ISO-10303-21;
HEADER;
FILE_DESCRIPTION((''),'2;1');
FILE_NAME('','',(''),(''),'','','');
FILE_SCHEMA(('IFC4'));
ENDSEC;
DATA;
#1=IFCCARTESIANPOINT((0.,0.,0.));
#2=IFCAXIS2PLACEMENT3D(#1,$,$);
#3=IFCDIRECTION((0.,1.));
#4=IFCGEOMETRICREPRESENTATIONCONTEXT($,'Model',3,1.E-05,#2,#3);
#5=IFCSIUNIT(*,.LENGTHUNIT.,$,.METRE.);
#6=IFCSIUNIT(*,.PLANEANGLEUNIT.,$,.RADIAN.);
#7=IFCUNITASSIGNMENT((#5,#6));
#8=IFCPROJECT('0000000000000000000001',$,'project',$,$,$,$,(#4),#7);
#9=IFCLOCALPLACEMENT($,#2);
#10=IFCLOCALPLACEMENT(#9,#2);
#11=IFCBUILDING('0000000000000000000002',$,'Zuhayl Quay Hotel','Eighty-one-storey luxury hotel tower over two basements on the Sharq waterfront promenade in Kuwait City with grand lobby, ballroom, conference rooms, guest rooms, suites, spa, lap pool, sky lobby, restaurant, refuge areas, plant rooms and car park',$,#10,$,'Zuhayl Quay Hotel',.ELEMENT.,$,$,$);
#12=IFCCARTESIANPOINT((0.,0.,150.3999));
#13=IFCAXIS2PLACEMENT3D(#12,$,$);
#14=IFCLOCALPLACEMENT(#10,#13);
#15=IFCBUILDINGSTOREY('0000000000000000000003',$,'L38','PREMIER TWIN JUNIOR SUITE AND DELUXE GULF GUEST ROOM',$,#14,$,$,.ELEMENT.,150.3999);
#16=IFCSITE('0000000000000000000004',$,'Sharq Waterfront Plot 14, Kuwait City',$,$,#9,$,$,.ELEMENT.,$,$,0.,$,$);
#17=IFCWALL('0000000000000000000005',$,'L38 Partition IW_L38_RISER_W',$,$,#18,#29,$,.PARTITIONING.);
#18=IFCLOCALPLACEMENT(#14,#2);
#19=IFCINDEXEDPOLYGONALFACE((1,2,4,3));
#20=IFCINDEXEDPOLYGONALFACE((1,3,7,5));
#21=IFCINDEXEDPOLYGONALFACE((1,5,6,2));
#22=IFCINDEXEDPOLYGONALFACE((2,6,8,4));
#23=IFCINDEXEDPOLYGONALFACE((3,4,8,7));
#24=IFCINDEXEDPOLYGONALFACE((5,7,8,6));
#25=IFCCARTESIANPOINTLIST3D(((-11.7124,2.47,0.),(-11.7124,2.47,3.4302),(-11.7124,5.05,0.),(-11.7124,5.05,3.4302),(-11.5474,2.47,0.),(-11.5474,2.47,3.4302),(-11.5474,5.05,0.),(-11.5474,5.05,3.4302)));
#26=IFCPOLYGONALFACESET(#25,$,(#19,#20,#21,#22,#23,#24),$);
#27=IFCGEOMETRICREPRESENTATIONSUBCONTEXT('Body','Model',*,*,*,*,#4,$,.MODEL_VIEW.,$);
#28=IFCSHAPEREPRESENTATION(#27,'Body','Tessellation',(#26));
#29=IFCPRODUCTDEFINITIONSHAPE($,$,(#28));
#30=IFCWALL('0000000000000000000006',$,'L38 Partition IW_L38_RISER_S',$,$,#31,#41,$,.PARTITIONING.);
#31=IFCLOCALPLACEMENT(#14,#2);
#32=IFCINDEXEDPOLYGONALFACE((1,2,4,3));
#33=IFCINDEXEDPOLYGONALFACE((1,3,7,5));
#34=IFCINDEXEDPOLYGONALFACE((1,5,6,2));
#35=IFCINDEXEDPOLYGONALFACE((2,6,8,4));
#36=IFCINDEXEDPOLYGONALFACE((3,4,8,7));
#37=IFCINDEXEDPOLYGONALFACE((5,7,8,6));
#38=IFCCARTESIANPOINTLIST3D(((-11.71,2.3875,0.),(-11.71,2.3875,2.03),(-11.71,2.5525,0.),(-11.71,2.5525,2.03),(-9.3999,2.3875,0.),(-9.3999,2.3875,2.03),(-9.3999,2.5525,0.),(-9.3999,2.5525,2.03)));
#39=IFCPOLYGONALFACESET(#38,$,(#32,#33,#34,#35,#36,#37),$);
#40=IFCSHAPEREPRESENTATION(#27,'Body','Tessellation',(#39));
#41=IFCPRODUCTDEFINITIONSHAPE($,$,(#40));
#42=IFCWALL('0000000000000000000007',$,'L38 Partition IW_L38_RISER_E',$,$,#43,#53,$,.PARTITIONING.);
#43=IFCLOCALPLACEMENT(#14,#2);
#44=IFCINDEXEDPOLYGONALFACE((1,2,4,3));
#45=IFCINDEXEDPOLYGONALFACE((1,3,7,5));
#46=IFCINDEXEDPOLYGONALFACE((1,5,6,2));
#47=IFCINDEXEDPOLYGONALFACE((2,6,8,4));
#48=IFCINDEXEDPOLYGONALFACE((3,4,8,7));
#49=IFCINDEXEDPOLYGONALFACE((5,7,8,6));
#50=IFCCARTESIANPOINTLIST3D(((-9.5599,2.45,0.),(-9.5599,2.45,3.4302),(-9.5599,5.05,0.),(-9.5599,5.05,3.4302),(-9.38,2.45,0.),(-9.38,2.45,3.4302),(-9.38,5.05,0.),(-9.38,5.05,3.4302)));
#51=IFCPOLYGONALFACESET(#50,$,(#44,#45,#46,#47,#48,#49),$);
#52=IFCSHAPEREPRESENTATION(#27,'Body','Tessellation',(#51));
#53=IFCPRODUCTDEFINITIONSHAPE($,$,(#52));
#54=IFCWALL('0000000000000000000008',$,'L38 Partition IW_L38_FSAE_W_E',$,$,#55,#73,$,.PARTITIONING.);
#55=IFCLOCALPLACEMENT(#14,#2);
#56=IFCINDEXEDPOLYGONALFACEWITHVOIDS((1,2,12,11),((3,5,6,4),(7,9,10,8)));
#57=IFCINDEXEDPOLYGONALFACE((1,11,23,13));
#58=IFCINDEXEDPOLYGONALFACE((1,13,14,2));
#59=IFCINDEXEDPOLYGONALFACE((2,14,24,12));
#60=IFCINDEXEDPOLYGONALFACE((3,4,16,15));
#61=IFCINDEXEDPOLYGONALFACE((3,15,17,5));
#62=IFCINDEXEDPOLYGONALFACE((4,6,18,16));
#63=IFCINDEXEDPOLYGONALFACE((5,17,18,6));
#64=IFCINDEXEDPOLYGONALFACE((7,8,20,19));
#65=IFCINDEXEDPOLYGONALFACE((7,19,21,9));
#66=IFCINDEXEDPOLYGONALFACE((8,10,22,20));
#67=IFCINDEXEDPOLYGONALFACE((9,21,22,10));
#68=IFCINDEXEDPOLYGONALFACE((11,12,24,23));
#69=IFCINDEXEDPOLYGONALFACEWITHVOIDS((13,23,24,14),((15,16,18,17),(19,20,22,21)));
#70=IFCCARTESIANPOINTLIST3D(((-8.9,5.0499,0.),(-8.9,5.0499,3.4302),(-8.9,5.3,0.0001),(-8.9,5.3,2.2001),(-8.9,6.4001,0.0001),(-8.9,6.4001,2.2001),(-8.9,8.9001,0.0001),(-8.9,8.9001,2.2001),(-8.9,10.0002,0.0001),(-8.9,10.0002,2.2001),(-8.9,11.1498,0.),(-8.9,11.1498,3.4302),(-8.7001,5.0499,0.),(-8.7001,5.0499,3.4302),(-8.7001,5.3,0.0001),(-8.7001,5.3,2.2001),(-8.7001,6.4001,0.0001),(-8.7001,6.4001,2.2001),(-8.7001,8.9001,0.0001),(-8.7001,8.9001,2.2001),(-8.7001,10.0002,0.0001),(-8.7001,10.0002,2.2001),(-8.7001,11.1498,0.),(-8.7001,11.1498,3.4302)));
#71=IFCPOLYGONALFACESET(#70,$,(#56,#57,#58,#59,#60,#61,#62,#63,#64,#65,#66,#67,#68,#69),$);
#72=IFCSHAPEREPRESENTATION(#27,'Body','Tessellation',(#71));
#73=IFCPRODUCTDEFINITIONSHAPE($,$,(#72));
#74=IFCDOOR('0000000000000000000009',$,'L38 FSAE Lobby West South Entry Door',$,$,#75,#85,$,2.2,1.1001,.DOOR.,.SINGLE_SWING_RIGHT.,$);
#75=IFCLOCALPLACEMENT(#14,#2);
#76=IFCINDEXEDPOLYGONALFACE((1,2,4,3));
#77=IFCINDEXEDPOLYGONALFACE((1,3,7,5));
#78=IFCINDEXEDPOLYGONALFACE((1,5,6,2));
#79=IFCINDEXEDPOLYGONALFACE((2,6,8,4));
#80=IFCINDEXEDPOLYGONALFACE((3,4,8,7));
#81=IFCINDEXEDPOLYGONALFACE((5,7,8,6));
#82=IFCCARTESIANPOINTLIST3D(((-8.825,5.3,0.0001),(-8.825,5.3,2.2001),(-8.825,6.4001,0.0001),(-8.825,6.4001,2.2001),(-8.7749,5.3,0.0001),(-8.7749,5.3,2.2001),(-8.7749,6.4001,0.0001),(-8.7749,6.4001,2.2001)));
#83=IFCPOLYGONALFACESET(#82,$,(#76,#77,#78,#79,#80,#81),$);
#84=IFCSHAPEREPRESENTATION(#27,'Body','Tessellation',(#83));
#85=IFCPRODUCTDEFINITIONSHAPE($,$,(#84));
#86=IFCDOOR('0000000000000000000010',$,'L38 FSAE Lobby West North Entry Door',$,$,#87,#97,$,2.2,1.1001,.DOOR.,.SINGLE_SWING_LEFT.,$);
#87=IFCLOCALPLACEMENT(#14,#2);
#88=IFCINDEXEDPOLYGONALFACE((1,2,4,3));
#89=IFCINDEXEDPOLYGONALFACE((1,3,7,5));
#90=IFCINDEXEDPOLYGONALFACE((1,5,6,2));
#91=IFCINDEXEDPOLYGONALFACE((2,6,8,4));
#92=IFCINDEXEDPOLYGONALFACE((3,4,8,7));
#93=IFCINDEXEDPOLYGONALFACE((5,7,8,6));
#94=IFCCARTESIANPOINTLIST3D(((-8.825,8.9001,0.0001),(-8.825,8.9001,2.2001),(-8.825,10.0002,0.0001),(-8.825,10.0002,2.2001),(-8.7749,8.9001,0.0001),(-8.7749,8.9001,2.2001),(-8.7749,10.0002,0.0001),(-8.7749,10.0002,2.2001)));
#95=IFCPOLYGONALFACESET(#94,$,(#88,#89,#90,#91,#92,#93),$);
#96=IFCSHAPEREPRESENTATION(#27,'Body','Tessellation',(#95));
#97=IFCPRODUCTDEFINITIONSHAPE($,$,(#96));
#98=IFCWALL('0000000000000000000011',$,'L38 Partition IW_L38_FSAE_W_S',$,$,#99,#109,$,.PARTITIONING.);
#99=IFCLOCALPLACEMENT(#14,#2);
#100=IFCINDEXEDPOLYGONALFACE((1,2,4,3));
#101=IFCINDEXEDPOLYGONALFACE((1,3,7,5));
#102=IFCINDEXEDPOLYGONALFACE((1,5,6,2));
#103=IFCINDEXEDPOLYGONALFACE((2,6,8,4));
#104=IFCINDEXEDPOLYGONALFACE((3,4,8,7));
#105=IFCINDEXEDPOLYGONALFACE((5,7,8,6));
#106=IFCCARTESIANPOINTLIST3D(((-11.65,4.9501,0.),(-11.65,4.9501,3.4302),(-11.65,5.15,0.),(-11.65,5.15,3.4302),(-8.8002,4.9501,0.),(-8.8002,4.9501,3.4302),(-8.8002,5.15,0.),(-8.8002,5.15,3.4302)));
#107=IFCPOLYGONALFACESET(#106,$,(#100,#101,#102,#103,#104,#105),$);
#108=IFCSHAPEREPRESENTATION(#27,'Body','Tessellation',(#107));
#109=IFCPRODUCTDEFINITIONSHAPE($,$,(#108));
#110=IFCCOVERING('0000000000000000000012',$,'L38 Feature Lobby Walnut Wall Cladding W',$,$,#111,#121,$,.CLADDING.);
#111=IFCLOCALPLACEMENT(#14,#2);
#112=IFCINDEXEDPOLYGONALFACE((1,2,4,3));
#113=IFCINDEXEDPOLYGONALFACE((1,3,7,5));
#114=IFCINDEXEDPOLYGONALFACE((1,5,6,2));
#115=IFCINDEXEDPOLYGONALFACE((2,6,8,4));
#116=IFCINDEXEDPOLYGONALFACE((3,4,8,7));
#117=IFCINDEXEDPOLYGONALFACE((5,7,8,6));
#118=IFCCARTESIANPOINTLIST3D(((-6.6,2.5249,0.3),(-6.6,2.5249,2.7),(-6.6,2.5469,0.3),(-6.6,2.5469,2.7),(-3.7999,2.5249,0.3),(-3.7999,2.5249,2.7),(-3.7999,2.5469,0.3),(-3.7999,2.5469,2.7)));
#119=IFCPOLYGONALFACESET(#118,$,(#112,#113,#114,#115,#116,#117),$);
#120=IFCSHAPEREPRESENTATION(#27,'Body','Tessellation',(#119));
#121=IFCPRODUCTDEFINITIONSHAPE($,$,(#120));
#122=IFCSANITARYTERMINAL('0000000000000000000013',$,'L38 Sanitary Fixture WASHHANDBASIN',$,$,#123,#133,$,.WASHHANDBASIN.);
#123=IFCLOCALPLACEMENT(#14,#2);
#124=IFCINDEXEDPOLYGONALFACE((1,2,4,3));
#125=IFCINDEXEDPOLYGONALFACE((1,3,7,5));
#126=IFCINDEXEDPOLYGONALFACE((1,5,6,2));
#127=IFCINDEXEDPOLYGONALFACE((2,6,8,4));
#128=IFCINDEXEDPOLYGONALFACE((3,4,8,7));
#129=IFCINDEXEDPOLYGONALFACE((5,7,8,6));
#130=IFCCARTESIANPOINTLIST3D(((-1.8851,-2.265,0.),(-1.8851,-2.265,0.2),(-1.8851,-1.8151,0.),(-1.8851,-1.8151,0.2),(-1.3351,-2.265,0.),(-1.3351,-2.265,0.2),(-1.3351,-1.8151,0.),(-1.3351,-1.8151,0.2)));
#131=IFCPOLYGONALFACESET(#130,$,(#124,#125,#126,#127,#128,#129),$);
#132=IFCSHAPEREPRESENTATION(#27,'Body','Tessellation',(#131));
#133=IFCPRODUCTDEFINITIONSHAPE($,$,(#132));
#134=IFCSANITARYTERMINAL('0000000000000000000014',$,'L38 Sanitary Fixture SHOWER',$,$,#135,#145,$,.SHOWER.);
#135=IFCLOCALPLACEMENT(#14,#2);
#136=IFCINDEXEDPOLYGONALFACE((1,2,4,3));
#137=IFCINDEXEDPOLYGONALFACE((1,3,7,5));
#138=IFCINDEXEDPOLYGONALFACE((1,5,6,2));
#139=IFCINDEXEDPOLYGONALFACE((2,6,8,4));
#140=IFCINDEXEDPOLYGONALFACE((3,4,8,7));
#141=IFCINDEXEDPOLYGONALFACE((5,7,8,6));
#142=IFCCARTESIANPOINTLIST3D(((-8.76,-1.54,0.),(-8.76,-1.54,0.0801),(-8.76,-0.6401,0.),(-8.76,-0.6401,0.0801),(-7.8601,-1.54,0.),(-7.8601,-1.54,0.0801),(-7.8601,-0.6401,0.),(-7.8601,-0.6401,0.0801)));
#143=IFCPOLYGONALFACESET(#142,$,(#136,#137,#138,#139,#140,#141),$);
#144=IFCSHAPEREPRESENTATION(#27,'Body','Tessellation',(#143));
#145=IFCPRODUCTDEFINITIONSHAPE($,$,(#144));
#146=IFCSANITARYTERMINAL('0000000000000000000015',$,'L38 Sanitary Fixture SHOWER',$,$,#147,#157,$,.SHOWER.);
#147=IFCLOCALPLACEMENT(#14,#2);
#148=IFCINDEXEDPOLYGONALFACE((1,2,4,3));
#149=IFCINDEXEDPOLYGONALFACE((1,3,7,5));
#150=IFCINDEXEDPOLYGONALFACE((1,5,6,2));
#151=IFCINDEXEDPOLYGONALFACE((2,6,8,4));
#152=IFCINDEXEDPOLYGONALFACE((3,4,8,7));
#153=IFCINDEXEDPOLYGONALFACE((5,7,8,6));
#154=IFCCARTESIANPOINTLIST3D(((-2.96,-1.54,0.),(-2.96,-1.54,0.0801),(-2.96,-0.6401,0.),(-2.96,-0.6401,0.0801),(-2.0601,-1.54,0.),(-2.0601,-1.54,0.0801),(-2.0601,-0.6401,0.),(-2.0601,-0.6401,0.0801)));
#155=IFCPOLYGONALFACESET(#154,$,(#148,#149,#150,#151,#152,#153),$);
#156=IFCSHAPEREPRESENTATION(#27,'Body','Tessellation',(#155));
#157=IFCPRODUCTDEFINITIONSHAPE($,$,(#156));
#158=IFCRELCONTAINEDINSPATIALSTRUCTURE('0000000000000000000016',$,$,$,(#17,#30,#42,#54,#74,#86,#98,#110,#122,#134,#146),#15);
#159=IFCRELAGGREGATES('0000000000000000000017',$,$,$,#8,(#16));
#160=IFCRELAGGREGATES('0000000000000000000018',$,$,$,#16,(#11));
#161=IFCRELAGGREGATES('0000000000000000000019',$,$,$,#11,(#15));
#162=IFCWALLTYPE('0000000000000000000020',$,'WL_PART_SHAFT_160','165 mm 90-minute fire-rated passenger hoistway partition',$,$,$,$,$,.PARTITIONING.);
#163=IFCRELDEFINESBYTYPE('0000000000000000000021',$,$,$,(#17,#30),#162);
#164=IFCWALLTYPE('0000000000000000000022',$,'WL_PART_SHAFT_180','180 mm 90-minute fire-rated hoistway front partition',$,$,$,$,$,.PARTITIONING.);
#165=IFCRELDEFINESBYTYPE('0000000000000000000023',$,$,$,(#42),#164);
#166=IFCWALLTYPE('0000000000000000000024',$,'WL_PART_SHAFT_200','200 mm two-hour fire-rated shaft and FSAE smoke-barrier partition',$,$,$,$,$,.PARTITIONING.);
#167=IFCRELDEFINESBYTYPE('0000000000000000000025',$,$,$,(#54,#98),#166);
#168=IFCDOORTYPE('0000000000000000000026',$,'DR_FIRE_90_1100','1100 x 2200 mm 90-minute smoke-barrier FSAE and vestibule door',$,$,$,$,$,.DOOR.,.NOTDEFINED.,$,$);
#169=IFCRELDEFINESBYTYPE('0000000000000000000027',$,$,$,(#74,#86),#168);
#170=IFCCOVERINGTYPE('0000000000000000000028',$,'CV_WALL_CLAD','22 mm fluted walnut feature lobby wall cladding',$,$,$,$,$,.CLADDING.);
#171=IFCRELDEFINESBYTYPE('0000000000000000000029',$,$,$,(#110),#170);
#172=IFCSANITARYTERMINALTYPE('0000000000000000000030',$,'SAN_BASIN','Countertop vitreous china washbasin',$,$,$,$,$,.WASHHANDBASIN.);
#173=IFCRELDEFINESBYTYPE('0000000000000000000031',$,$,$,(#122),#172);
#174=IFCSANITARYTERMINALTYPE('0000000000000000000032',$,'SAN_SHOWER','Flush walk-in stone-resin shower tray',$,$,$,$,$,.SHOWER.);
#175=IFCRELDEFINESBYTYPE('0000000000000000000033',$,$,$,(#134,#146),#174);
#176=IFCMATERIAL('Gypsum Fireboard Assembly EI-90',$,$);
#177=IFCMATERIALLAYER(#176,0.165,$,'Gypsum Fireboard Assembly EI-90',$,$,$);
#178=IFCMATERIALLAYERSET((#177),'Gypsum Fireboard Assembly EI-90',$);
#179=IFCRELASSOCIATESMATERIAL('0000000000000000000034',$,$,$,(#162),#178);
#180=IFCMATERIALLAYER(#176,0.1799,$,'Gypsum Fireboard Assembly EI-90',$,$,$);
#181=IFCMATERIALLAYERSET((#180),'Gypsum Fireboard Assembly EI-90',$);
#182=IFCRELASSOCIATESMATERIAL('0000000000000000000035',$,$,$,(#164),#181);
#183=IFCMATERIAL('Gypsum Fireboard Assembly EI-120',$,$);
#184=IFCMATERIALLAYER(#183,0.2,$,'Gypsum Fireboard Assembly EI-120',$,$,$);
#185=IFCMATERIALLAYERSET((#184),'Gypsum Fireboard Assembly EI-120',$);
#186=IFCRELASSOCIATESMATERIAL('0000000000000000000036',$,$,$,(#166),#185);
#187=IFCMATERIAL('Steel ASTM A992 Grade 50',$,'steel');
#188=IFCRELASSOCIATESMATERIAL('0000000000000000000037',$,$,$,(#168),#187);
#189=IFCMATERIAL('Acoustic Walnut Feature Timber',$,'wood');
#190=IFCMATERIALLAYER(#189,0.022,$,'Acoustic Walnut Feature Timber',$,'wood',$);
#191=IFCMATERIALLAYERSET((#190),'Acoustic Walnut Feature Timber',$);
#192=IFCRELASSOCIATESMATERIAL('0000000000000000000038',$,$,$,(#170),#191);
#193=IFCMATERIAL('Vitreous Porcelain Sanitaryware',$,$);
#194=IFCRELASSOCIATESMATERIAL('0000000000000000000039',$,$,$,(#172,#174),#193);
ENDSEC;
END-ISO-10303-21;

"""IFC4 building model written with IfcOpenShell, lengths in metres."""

from ifc_helpers import new_model, si_unit, direction, frame, frame_2d, origin, origin_2d, place, context, subcontext, project, spatial, rectangle, extrude, material, layer, layer_set, type_object, element, fill, save


model = new_model("IFC4")

# Units and contexts
model_context = context("Model", 3, precision=1e-05, world=origin(), true_north=direction((0.0, 1.0)))
body_context = subcontext(model_context, "Body", "Model", "MODEL_VIEW")
ifc_project = project(units=[si_unit("LENGTHUNIT", "METRE"), si_unit("PLANEANGLEUNIT", "RADIAN")], contexts=[model_context])

# Site, building, storey
site_placement = place(None, origin())
site = spatial("IfcSite", under=ifc_project, at=site_placement, Name="Sharq Waterfront Plot 14, Kuwait City", CompositionType="ELEMENT", RefElevation=0.0)
building_placement = place(site_placement, origin())
building = spatial("IfcBuilding", under=site, at=building_placement, Name="Zuhayl Quay Hotel", Description="Eighty-one-storey luxury hotel tower over two basements on the Sharq waterfront promenade in Kuwait City with grand lobby, ballroom, conference rooms, guest rooms, suites, spa, lap pool, sky lobby, restaurant, refuge areas, plant rooms and car park", LongName="Zuhayl Quay Hotel", CompositionType="ELEMENT")
storey_placement = place(building_placement, frame((0.0, 0.0, 150.3999)))
storey = spatial("IfcBuildingStorey", under=building, at=storey_placement, Name="L38", Description="PREMIER TWIN JUNIOR SUITE AND DELUXE GULF GUEST ROOM", CompositionType="ELEMENT", Elevation=150.3999)

# Shared definitions
ifc_material_1 = material(Name="Steel ASTM A992 Grade 50", Category="steel")

# Shared definitions
ifc_material_2 = material(Name="Gypsum Fireboard Assembly EI-90")
ifc_layer_1 = layer(ifc_material_2, 0.165, Name="Gypsum Fireboard Assembly EI-90")
ifc_layer_set_1 = layer_set([ifc_layer_1], Name="Gypsum Fireboard Assembly EI-90")
wall_type_1 = type_object("IfcWallType", Name="WL_PART_SHAFT_160", Description="165 mm 90-minute fire-rated passenger hoistway partition", PredefinedType="PARTITIONING", material=ifc_layer_set_1)

# Walls
wall_1_placement = place(storey_placement, frame((-11.6299, 2.47, 0.0), z_axis=(0.0, 0.0, 1.0), x_axis=(0.0, 1.0, 0.0)))
element("IfcWall", 1, at=wall_1_placement, inside=storey, type_object=wall_type_1, Name="L38 Partition IW_L38_RISER_W", PredefinedType="PARTITIONING", context=body_context, shape_type="SweptSolid", body=[
    extrude(rectangle(XDim=2.5801, YDim=0.165, at=frame_2d((1.29, 0.0))), origin(), (0.0, 0.0, 1.0), 3.4302),
])
wall_2_placement = place(storey_placement, frame((-11.71, 2.47, 0.0), z_axis=(0.0, 0.0, 1.0), x_axis=(1.0, 0.0, 0.0)))
element("IfcWall", 2, at=wall_2_placement, inside=storey, type_object=wall_type_1, Name="L38 Partition IW_L38_RISER_S", PredefinedType="PARTITIONING", context=body_context, shape_type="SweptSolid", body=[
    extrude(rectangle(XDim=2.3101, YDim=0.165, at=frame_2d((1.155, 0.0))), origin(), (0.0, 0.0, 1.0), 2.03),
])
ifc_layer_2 = layer(ifc_material_2, 0.1799, Name="Gypsum Fireboard Assembly EI-90")
ifc_layer_set_2 = layer_set([ifc_layer_2], Name="Gypsum Fireboard Assembly EI-90")
wall_type_2 = type_object("IfcWallType", Name="WL_PART_SHAFT_180", Description="180 mm 90-minute fire-rated hoistway front partition", PredefinedType="PARTITIONING", material=ifc_layer_set_2)
wall_3_placement = place(storey_placement, frame((-9.47, 2.45, 0.0), z_axis=(0.0, 0.0, 1.0), x_axis=(0.0, 1.0, 0.0)))
element("IfcWall", 3, at=wall_3_placement, inside=storey, type_object=wall_type_2, Name="L38 Partition IW_L38_RISER_E", PredefinedType="PARTITIONING", context=body_context, shape_type="SweptSolid", body=[
    extrude(rectangle(XDim=2.6001, YDim=0.1799, at=frame_2d((1.3, 0.0))), origin(), (0.0, 0.0, 1.0), 3.4302),
])

# Wall, openings, doors
ifc_material_3 = material(Name="Gypsum Fireboard Assembly EI-120")
ifc_layer_3 = layer(ifc_material_3, 0.2, Name="Gypsum Fireboard Assembly EI-120")
ifc_layer_set_3 = layer_set([ifc_layer_3], Name="Gypsum Fireboard Assembly EI-120")
wall_type_3 = type_object("IfcWallType", Name="WL_PART_SHAFT_200", Description="200 mm two-hour fire-rated shaft and FSAE smoke-barrier partition", PredefinedType="PARTITIONING", material=ifc_layer_set_3)
wall_4_placement = place(storey_placement, frame((-8.8, 5.05, 0.0), z_axis=(0.0, 0.0, 1.0), x_axis=(0.0, 1.0, 0.0)))
wall_4 = element("IfcWall", 4, at=wall_4_placement, inside=storey, type_object=wall_type_3, Name="L38 Partition IW_L38_FSAE_W_E", PredefinedType="PARTITIONING", context=body_context, shape_type="SweptSolid", body=[
    extrude(rectangle(XDim=6.0999, YDim=0.2, at=frame_2d((3.0498, 0.0))), origin(), (0.0, 0.0, 1.0), 3.4302),
])
opening_1_placement = place(wall_4_placement, frame((0.25, 0.0, 0.0)))
opening_1 = element("IfcOpeningElement", 5, at=opening_1_placement, cuts=wall_4, PredefinedType="OPENING", context=body_context, shape_type="SweptSolid", body=[
    extrude(rectangle(XDim=1.1001, YDim=2.2, at=frame_2d((0.55, 1.1001))), frame((0.0, 0.1099, 0.0), z_axis=(0.0, -1.0, 0.0), x_axis=(1.0, 0.0, 0.0)), (0.0, 0.0, 1.0), 0.22),
])
opening_2_placement = place(wall_4_placement, frame((3.8501, 0.0, 0.0)))
opening_2 = element("IfcOpeningElement", 6, at=opening_2_placement, cuts=wall_4, PredefinedType="OPENING", context=body_context, shape_type="SweptSolid", body=[
    extrude(rectangle(XDim=1.1001, YDim=2.2, at=frame_2d((0.55, 1.1001))), frame((0.0, 0.1099, 0.0), z_axis=(0.0, -1.0, 0.0), x_axis=(1.0, 0.0, 0.0)), (0.0, 0.0, 1.0), 0.22),
])
door_type_1 = type_object("IfcDoorType", Name="DR_FIRE_90_1100", Description="1100 x 2200 mm 90-minute smoke-barrier FSAE and vestibule door", OperationType="NOTDEFINED", PredefinedType="DOOR", material=ifc_material_1)
door_1_placement = place(opening_1_placement, origin())
door_1 = element("IfcDoor", 7, at=door_1_placement, inside=storey, type_object=door_type_1, Name="L38 FSAE Lobby West South Entry Door", OperationType="SINGLE_SWING_RIGHT", OverallHeight=2.2, OverallWidth=1.1001, PredefinedType="DOOR", context=body_context, shape_type="SweptSolid", body=[
    extrude(rectangle(XDim=1.1001, YDim=2.2, at=frame_2d((0.55, 1.1001))), frame((0.0, 0.0249, 0.0), z_axis=(0.0, -1.0, 0.0), x_axis=(1.0, 0.0, 0.0)), (0.0, 0.0, 1.0), 0.05),
])
fill(opening_1, door_1)
door_2_placement = place(opening_2_placement, origin())
door_2 = element("IfcDoor", 8, at=door_2_placement, inside=storey, type_object=door_type_1, Name="L38 FSAE Lobby West North Entry Door", OperationType="SINGLE_SWING_LEFT", OverallHeight=2.2, OverallWidth=1.1001, PredefinedType="DOOR", context=body_context, shape_type="SweptSolid", body=[
    extrude(rectangle(XDim=1.1001, YDim=2.2, at=frame_2d((0.55, 1.1001))), frame((0.0, 0.0249, 0.0), z_axis=(0.0, -1.0, 0.0), x_axis=(1.0, 0.0, 0.0)), (0.0, 0.0, 1.0), 0.05),
])
fill(opening_2, door_2)

# Wall
wall_5_placement = place(storey_placement, frame((-11.6499, 5.05, 0.0), z_axis=(0.0, 0.0, 1.0), x_axis=(1.0, 0.0, 0.0)))
element("IfcWall", 9, at=wall_5_placement, inside=storey, type_object=wall_type_3, Name="L38 Partition IW_L38_FSAE_W_S", PredefinedType="PARTITIONING", context=body_context, shape_type="SweptSolid", body=[
    extrude(rectangle(XDim=2.8499, YDim=0.2, at=frame_2d((1.4248, 0.0))), origin(), (0.0, 0.0, 1.0), 3.4302),
])

# Covering
ifc_material_4 = material(Name="Acoustic Walnut Feature Timber", Category="wood")
ifc_layer_4 = layer(ifc_material_4, 0.022, Name="Acoustic Walnut Feature Timber", Category="wood")
ifc_layer_set_4 = layer_set([ifc_layer_4], Name="Acoustic Walnut Feature Timber")
covering_type = type_object("IfcCoveringType", Name="CV_WALL_CLAD", Description="22 mm fluted walnut feature lobby wall cladding", PredefinedType="CLADDING", material=ifc_layer_set_4)
covering_placement = place(storey_placement, frame((-5.2, 2.5359, 0.3), z_axis=(0.0, 0.0, 1.0), x_axis=(1.0, 0.0, 0.0)))
element("IfcCovering", 10, at=covering_placement, inside=storey, type_object=covering_type, Name="L38 Feature Lobby Walnut Wall Cladding W", PredefinedType="CLADDING", context=body_context, shape_type="SweptSolid", body=[
    extrude(rectangle(XDim=2.8, YDim=0.022, at=origin_2d()), origin(), (0.0, 0.0, 1.0), 2.3999),
])

# Sanitary terminals
ifc_material_5 = material(Name="Vitreous Porcelain Sanitaryware")
sanitary_terminal_type_1 = type_object("IfcSanitaryTerminalType", Name="SAN_BASIN", Description="Countertop vitreous china washbasin", PredefinedType="WASHHANDBASIN", material=ifc_material_5)
sanitary_terminal_placement = place(storey_placement, frame((-1.6101, -2.04, 0.0), z_axis=(0.0, 0.0, 1.0), x_axis=(1.0, 0.0, 0.0)))
element("IfcSanitaryTerminal", 11, at=sanitary_terminal_placement, inside=storey, type_object=sanitary_terminal_type_1, Name="L38 Sanitary Fixture WASHHANDBASIN", PredefinedType="WASHHANDBASIN", context=body_context, shape_type="SweptSolid", body=[
    extrude(rectangle(XDim=0.55, YDim=0.45, at=origin_2d()), origin(), (0.0, 0.0, 1.0), 0.2),
])
sanitary_terminal_type_2 = type_object("IfcSanitaryTerminalType", Name="SAN_SHOWER", Description="Flush walk-in stone-resin shower tray", PredefinedType="SHOWER", material=ifc_material_5)
for number, where, z_axis, x_axis, name in (
    (12, (-8.3101, -1.0901, 0.0), (0.0, 0.0, 1.0), (1.0, 0.0, 0.0), "L38 Sanitary Fixture SHOWER"),
    (13, (-2.51, -1.0901, 0.0), (0.0, 0.0, 1.0), (1.0, 0.0, 0.0), "L38 Sanitary Fixture SHOWER"),
):
    element("IfcSanitaryTerminal", number, at=place(storey_placement, frame(where, z_axis=z_axis, x_axis=x_axis)), inside=storey, type_object=sanitary_terminal_type_2, Name=name, PredefinedType="SHOWER", context=body_context, shape_type="SweptSolid", body=[
        extrude(rectangle(XDim=0.8999, YDim=0.8999, at=origin_2d()), origin(), (0.0, 0.0, 1.0), 0.0801),
    ])

save(model, "model.ifc")
